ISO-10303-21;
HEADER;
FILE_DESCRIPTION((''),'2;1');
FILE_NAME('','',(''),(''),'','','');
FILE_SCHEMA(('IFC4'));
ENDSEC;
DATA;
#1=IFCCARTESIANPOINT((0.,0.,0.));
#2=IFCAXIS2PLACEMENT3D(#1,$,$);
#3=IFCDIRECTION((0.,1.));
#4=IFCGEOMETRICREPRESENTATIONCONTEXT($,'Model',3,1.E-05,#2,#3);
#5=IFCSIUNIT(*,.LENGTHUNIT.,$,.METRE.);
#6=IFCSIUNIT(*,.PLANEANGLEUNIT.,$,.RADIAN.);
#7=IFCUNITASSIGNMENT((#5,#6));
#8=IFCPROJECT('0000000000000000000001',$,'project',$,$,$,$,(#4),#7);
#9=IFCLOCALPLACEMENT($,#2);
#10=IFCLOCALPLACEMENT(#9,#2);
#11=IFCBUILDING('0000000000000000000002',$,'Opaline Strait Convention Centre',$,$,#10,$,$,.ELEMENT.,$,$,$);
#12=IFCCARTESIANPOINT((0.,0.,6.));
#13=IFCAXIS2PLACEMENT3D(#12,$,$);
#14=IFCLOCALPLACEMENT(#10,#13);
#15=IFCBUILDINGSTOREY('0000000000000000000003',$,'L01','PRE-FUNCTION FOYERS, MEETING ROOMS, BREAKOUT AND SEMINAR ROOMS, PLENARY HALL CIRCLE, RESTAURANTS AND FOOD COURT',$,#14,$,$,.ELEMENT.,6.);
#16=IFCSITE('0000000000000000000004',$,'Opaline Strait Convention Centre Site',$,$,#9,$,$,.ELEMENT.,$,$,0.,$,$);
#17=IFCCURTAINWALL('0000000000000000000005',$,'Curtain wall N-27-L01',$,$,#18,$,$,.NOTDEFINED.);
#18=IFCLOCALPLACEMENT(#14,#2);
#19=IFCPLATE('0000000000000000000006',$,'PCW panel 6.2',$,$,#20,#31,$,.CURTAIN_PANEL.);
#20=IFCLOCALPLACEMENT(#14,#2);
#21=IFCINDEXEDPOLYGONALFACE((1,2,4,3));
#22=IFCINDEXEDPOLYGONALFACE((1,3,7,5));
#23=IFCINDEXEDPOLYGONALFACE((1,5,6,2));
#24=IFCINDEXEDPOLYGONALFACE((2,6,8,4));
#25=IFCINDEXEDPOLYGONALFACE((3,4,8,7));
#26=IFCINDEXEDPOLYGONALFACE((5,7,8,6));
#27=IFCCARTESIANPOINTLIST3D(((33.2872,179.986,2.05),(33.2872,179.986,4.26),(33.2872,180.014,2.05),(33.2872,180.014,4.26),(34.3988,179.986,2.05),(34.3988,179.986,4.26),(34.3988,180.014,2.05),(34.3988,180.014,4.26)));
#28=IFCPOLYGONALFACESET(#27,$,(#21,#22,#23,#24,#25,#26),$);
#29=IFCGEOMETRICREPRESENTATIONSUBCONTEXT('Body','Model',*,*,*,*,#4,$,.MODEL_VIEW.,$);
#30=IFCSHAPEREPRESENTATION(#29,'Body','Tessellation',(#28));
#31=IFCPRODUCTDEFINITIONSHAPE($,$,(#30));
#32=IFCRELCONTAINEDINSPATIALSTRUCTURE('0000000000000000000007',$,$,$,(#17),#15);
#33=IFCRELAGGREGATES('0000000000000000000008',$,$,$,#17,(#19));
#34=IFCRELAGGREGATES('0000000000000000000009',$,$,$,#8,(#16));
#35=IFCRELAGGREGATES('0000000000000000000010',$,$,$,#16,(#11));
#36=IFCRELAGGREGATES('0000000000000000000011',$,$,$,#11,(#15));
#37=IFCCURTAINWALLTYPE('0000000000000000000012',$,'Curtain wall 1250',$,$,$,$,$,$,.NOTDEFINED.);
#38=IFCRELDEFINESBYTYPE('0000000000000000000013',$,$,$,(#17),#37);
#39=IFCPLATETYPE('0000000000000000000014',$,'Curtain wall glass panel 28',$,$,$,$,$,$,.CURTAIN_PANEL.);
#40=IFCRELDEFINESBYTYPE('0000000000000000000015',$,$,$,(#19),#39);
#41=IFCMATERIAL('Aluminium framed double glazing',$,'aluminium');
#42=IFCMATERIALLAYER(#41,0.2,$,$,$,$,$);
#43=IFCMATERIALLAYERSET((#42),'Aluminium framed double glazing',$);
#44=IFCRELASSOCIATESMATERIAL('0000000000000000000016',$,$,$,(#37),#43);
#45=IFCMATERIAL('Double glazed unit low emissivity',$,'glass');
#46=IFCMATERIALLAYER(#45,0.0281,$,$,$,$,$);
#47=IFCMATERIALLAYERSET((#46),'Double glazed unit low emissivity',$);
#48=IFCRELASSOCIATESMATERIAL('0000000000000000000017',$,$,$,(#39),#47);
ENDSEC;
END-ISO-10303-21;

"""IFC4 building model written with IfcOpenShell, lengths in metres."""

from ifc_helpers import new_model, si_unit, direction, frame, origin, origin_2d, place, context, subcontext, project, spatial, rectangle, extrude, material, layer, layer_set, type_object, element, aggregate, save


model = new_model("IFC4")

# Units and contexts
model_context = context("Model", 3, precision=1e-05, world=origin(), true_north=direction((0.0, 1.0)))
body_context = subcontext(model_context, "Body", "Model", "MODEL_VIEW")
ifc_project = project(units=[si_unit("LENGTHUNIT", "METRE"), si_unit("PLANEANGLEUNIT", "RADIAN")], contexts=[model_context])

# Site, building, storey
site_placement = place(None, origin())
site = spatial("IfcSite", under=ifc_project, at=site_placement, Name="Opaline Strait Convention Centre Site", CompositionType="ELEMENT", RefElevation=0.0)
building_placement = place(site_placement, origin())
building = spatial("IfcBuilding", under=site, at=building_placement, Name="Opaline Strait Convention Centre", CompositionType="ELEMENT")
storey_placement = place(building_placement, frame((0.0, 0.0, 6.0)))
storey = spatial("IfcBuildingStorey", under=building, at=storey_placement, Name="L01", Description="PRE-FUNCTION FOYERS, MEETING ROOMS, BREAKOUT AND SEMINAR ROOMS, PLENARY HALL CIRCLE, RESTAURANTS AND FOOD COURT", CompositionType="ELEMENT", Elevation=6.0)

# Curtain wall, plate
ifc_material_1 = material(Name="Aluminium framed double glazing", Category="aluminium")
ifc_layer_1 = layer(ifc_material_1, 0.2)
ifc_layer_set_1 = layer_set([ifc_layer_1], Name="Aluminium framed double glazing")
curtain_wall_type = type_object("IfcCurtainWallType", Name="Curtain wall 1250", PredefinedType="NOTDEFINED", material=ifc_layer_set_1)
curtain_wall_placement = place(storey_placement, origin())
curtain_wall = element("IfcCurtainWall", 1, at=curtain_wall_placement, inside=storey, type_object=curtain_wall_type, Name="Curtain wall N-27-L01", PredefinedType="NOTDEFINED")
ifc_material_2 = material(Name="Double glazed unit low emissivity", Category="glass")
ifc_layer_2 = layer(ifc_material_2, 0.0281)
ifc_layer_set_2 = layer_set([ifc_layer_2], Name="Double glazed unit low emissivity")
plate_type = type_object("IfcPlateType", Name="Curtain wall glass panel 28", PredefinedType="CURTAIN_PANEL", material=ifc_layer_set_2)
plate_1_placement = place(storey_placement, frame((33.843, 180.0, 2.05), z_axis=(0.0, 0.0, 1.0), x_axis=(1.0, 0.0, 0.0)))
plate_1 = element("IfcPlate", 2, at=plate_1_placement, type_object=plate_type, Name="PCW panel 6.2", PredefinedType="CURTAIN_PANEL", context=body_context, shape_type="SweptSolid", body=[
    extrude(rectangle(XDim=1.1116, YDim=0.0281, at=origin_2d()), origin(), (0.0, 0.0, 1.0), 2.21),
])
aggregate(curtain_wall, [plate_1])

save(model, "model.ifc")
